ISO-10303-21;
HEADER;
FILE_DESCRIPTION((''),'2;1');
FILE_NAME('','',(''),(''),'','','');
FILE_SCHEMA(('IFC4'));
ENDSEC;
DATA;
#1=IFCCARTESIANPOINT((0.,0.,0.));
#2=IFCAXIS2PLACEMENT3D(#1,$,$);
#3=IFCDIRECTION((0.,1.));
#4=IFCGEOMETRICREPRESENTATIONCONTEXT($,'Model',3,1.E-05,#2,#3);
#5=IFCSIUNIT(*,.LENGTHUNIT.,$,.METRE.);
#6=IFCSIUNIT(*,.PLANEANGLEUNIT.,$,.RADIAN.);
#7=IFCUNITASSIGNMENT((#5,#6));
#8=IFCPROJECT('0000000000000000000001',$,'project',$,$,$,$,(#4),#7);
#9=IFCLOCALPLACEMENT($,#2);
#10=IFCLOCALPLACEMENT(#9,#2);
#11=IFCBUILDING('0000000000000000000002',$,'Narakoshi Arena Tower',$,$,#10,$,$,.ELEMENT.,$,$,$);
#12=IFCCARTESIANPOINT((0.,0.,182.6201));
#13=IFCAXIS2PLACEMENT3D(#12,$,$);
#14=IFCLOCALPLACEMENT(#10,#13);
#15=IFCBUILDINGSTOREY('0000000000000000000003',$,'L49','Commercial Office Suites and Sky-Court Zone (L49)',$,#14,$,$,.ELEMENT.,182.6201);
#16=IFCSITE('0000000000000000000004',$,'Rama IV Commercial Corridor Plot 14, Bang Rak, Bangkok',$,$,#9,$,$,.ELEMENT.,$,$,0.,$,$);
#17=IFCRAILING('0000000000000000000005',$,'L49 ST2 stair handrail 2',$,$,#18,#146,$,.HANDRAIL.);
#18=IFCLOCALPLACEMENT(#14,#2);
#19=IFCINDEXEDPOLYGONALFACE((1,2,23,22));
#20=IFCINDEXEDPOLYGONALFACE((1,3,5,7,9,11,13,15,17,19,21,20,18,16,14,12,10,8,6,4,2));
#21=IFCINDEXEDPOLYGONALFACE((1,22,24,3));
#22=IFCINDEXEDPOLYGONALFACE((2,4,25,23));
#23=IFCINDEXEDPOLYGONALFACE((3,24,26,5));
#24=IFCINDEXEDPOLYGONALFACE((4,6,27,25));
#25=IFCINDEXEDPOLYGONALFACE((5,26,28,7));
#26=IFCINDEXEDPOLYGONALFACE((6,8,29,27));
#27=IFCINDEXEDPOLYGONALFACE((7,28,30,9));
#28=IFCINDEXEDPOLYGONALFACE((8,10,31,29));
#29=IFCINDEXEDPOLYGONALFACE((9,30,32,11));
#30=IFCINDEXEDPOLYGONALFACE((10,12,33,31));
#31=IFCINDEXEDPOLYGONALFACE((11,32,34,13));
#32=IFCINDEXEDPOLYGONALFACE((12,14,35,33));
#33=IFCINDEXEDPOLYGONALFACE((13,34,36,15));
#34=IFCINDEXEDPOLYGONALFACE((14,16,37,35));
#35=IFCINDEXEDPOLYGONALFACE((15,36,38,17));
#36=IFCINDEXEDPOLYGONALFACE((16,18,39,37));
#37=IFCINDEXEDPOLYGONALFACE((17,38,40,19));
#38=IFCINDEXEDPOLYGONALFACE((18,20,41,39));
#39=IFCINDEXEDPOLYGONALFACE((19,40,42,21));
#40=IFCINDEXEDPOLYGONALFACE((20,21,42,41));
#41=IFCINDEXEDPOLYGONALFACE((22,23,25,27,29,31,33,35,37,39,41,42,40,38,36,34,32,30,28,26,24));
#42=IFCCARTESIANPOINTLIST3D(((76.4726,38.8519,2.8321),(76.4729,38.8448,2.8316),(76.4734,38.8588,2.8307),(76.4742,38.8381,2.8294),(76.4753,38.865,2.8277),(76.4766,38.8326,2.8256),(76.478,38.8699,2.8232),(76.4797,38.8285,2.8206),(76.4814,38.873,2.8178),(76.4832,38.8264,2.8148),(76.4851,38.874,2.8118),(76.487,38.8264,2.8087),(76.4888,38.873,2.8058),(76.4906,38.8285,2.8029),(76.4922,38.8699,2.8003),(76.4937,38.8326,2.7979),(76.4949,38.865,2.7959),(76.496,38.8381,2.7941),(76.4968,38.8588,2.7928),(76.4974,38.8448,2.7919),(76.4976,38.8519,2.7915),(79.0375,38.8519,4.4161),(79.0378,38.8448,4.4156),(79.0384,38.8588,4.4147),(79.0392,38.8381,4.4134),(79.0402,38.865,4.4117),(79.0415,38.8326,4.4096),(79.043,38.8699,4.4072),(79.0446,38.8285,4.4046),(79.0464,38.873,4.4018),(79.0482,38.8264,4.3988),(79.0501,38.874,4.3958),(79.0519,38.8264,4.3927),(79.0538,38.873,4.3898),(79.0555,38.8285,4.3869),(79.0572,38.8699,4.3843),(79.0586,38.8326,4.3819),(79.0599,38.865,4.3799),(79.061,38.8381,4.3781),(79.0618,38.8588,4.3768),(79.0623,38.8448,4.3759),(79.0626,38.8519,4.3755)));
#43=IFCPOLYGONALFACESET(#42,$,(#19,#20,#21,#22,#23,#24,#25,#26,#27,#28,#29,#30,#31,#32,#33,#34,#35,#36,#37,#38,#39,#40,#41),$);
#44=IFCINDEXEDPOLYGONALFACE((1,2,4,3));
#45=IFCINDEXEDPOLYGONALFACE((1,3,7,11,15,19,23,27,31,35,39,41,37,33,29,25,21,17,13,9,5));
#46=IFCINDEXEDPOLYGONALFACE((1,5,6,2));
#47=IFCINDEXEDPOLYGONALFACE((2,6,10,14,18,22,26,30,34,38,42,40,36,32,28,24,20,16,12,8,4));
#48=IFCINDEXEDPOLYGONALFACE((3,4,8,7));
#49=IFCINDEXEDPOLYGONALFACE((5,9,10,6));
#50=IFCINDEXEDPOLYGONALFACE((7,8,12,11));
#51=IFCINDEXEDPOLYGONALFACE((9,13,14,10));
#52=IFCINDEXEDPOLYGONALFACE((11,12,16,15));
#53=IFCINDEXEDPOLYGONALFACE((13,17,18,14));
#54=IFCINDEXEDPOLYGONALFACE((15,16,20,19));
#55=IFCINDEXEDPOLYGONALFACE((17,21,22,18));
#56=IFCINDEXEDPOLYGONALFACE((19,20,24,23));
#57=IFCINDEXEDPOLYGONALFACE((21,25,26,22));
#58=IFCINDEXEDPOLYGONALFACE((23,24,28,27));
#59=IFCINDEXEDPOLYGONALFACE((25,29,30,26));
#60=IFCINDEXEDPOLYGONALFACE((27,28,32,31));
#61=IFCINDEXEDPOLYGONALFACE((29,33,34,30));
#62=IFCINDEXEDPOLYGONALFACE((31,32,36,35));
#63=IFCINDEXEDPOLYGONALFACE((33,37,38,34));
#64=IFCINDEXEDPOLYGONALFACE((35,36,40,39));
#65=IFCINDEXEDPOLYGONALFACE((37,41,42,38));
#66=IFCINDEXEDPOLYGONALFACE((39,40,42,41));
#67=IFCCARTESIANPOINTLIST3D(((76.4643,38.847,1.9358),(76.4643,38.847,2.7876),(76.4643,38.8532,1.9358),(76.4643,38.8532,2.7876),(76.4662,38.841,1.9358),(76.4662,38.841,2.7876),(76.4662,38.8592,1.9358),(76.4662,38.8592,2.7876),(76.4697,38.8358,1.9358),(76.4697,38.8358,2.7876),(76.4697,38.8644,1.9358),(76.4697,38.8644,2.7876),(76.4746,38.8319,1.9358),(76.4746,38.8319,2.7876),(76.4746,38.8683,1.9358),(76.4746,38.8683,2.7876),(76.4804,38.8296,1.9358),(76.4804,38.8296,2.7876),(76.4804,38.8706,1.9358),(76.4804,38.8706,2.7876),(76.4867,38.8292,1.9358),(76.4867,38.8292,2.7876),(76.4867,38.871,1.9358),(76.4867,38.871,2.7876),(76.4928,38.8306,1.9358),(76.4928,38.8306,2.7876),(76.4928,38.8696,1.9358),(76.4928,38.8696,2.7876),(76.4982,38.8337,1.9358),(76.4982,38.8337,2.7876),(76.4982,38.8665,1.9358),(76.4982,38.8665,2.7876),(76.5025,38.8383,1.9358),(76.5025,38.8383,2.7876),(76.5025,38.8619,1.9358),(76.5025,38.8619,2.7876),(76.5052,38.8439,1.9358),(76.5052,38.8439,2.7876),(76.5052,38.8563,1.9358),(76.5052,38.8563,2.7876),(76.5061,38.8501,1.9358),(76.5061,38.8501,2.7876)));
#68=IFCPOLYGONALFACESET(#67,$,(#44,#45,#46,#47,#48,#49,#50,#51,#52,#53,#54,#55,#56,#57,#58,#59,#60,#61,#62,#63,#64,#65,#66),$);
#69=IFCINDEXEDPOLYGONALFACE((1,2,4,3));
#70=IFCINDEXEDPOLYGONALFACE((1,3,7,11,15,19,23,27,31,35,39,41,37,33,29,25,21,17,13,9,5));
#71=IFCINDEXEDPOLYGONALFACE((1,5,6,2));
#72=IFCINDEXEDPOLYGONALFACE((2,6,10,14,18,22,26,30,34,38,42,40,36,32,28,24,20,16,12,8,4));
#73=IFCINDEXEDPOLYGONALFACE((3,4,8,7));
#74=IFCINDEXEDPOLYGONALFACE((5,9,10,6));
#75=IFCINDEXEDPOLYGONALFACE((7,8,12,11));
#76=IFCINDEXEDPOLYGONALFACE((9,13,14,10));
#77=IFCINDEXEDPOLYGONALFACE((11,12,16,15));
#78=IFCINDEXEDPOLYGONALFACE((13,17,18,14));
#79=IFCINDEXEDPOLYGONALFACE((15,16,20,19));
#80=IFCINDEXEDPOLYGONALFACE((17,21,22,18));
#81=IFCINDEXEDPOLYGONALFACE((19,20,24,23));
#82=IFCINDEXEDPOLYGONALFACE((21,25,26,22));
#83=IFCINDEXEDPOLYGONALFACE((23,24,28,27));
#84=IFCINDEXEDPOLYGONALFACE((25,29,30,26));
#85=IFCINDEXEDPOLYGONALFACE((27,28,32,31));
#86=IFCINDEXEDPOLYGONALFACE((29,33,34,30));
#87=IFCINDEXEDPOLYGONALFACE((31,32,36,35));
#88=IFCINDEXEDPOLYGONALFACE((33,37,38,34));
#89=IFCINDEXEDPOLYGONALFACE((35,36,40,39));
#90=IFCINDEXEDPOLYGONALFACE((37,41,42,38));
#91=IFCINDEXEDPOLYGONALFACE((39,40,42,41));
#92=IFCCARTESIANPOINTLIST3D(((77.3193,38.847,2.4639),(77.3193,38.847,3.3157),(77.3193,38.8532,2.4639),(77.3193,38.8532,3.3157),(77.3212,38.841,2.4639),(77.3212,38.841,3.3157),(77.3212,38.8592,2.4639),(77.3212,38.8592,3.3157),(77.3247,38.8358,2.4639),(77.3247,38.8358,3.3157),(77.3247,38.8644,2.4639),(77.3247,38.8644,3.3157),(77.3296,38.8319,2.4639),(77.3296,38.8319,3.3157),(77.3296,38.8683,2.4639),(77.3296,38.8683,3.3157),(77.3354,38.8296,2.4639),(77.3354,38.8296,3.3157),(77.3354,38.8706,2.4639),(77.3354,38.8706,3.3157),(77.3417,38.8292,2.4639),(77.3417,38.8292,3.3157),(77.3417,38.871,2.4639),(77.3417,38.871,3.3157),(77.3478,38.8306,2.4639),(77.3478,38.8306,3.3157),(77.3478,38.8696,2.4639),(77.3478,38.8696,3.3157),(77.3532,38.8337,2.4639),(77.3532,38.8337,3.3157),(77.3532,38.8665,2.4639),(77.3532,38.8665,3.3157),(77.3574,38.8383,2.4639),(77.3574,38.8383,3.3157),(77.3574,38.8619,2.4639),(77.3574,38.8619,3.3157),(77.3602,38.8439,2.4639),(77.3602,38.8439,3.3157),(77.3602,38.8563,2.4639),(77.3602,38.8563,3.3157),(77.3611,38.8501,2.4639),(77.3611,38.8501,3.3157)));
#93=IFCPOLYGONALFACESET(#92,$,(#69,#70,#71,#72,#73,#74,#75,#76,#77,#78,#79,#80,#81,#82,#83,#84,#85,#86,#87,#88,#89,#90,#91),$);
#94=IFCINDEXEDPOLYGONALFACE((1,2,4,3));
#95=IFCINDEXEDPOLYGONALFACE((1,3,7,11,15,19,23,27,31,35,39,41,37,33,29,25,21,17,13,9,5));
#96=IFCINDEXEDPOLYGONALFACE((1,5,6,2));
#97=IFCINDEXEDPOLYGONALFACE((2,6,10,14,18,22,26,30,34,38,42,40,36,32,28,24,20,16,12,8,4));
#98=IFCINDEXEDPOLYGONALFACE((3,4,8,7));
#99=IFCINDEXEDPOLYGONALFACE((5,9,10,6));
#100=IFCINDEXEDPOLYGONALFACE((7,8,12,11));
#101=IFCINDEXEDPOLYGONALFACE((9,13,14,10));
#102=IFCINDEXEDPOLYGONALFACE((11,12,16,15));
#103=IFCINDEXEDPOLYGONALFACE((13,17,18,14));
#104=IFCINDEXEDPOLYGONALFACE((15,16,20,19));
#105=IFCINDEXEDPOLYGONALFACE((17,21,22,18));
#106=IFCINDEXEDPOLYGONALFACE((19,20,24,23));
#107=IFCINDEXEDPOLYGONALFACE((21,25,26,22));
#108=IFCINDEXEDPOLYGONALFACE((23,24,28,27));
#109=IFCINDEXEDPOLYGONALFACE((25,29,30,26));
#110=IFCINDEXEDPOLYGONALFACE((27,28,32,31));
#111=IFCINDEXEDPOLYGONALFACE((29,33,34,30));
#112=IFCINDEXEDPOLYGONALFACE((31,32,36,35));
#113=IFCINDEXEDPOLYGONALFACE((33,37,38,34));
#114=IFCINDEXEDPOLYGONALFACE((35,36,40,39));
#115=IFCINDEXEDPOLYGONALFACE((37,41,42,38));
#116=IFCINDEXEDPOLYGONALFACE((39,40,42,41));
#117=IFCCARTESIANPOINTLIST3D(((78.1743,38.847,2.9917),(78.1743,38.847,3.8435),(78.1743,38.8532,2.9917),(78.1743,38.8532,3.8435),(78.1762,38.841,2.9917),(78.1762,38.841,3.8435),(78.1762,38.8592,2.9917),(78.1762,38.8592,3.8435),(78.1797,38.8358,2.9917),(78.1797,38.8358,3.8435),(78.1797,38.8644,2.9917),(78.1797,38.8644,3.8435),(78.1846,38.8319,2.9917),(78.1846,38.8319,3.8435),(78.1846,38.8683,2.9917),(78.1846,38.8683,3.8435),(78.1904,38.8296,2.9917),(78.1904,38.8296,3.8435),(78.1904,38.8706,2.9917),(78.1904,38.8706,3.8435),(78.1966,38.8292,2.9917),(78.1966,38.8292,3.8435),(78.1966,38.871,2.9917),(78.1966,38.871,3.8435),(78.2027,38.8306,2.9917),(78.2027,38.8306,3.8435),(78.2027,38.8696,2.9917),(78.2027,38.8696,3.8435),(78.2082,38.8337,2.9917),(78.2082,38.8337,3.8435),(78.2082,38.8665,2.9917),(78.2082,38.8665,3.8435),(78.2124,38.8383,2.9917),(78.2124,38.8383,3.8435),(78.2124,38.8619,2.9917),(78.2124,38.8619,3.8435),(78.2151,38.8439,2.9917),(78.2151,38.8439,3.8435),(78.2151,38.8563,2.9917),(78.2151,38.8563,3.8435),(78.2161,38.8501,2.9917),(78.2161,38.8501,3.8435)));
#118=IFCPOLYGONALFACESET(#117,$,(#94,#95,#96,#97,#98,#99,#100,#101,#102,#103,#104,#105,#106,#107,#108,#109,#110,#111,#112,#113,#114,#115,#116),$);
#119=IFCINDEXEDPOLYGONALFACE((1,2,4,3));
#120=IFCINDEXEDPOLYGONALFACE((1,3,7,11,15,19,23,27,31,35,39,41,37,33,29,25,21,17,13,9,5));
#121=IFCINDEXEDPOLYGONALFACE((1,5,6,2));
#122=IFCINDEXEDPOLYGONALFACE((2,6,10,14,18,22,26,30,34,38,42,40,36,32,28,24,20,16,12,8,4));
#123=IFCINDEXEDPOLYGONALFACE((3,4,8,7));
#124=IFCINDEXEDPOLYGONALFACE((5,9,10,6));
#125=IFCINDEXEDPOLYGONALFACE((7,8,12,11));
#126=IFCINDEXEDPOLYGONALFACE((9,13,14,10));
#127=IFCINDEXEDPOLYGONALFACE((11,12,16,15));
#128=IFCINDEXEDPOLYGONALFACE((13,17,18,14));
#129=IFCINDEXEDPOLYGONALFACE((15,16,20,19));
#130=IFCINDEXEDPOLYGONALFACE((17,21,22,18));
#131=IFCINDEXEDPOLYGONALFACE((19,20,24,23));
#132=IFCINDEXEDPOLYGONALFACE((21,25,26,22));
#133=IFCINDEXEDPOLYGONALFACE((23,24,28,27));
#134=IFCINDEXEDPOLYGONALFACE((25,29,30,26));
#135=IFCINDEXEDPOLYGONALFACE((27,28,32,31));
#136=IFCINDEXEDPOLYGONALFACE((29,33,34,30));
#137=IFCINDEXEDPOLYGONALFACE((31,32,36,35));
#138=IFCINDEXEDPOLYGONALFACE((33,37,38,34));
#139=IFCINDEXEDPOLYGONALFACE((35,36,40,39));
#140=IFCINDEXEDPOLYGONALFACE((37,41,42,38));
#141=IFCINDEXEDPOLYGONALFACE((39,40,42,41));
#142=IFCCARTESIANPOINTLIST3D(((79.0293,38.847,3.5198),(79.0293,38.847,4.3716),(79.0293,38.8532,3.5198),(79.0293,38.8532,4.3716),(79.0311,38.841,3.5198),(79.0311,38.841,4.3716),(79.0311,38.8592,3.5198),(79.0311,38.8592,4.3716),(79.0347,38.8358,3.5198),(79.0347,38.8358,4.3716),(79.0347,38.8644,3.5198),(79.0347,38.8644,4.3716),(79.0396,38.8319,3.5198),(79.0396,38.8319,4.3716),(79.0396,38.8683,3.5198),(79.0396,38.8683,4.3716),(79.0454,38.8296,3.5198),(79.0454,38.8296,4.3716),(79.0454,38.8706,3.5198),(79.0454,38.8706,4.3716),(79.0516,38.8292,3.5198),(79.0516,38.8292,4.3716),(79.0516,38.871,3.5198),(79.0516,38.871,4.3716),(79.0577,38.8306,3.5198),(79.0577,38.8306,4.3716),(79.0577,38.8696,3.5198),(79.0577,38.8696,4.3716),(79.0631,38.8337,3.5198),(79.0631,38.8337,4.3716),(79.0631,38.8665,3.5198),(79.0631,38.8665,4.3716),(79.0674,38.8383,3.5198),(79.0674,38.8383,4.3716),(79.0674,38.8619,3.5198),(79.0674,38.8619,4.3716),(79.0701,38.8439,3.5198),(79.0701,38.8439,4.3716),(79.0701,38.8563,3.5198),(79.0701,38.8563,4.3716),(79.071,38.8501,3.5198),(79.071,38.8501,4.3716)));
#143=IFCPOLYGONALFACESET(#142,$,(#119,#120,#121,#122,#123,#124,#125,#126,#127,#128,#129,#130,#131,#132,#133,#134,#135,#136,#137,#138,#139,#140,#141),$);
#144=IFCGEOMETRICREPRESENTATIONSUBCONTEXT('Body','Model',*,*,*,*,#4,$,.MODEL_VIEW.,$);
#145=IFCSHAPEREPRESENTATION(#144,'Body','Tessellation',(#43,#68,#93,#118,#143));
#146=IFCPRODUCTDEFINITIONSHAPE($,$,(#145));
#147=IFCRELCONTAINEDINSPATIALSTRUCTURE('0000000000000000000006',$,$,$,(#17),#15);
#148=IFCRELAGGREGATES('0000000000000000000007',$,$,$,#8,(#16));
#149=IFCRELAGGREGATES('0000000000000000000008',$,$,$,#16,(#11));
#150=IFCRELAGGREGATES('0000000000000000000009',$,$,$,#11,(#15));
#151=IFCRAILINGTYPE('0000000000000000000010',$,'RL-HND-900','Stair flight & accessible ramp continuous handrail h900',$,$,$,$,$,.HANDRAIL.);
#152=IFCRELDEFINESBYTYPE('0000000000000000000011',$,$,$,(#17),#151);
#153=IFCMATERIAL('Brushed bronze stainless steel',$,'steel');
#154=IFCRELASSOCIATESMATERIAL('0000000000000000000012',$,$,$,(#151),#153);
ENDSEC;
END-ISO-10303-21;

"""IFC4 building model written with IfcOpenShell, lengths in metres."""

from ifc_helpers import new_model, si_unit, direction, frame, origin, origin_2d, place, context, subcontext, project, spatial, circle, extrude, material, type_object, element, save


model = new_model("IFC4")

# Units and contexts
model_context = context("Model", 3, precision=1e-05, world=origin(), true_north=direction((0.0, 1.0)))
body_context = subcontext(model_context, "Body", "Model", "MODEL_VIEW")
ifc_project = project(units=[si_unit("LENGTHUNIT", "METRE"), si_unit("PLANEANGLEUNIT", "RADIAN")], contexts=[model_context])

# Site, building, storey
site_placement = place(None, origin())
site = spatial("IfcSite", under=ifc_project, at=site_placement, Name="Rama IV Commercial Corridor Plot 14, Bang Rak, Bangkok", CompositionType="ELEMENT", RefElevation=0.0)
building_placement = place(site_placement, origin())
building = spatial("IfcBuilding", under=site, at=building_placement, Name="Narakoshi Arena Tower", CompositionType="ELEMENT")
storey_placement = place(building_placement, frame((0.0, 0.0, 182.6201)))
storey = spatial("IfcBuildingStorey", under=building, at=storey_placement, Name="L49", Description="Commercial Office Suites and Sky-Court Zone (L49)", CompositionType="ELEMENT", Elevation=182.6201)

# Railing
ifc_material_1 = material(Name="Brushed bronze stainless steel", Category="steel")
railing_type_1 = type_object("IfcRailingType", Name="RL-HND-900", Description="Stair flight & accessible ramp continuous handrail h900", PredefinedType="HANDRAIL", material=ifc_material_1)
railing_1_placement = place(storey_placement, frame((76.4851, 38.8501, 1.9358)))
element("IfcRailing", 1, at=railing_1_placement, inside=storey, type_object=railing_type_1, Name="L49 ST2 stair handrail 2", PredefinedType="HANDRAIL", context=body_context, shape_type="SweptSolid", body=[
    extrude(circle(Radius=0.0239, at=origin_2d()), frame((0.0, 0.0, 0.876), z_axis=(0.850834, 0.0, 0.525434), x_axis=(0.0, 1.0, 0.0)), (0.0, 0.0, 1.0), 3.0146),
    extrude(circle(Radius=0.021, at=origin_2d()), origin(), (0.0, 0.0, 1.0), 0.8518),
    extrude(circle(Radius=0.021, at=origin_2d()), frame((0.855, 0.0, 0.5281)), (0.0, 0.0, 1.0), 0.8518),
    extrude(circle(Radius=0.021, at=origin_2d()), frame((1.71, 0.0, 1.0559)), (0.0, 0.0, 1.0), 0.8518),
    extrude(circle(Radius=0.021, at=origin_2d()), frame((2.5649, 0.0, 1.584)), (0.0, 0.0, 1.0), 0.8518),
])

save(model, "model.ifc")
